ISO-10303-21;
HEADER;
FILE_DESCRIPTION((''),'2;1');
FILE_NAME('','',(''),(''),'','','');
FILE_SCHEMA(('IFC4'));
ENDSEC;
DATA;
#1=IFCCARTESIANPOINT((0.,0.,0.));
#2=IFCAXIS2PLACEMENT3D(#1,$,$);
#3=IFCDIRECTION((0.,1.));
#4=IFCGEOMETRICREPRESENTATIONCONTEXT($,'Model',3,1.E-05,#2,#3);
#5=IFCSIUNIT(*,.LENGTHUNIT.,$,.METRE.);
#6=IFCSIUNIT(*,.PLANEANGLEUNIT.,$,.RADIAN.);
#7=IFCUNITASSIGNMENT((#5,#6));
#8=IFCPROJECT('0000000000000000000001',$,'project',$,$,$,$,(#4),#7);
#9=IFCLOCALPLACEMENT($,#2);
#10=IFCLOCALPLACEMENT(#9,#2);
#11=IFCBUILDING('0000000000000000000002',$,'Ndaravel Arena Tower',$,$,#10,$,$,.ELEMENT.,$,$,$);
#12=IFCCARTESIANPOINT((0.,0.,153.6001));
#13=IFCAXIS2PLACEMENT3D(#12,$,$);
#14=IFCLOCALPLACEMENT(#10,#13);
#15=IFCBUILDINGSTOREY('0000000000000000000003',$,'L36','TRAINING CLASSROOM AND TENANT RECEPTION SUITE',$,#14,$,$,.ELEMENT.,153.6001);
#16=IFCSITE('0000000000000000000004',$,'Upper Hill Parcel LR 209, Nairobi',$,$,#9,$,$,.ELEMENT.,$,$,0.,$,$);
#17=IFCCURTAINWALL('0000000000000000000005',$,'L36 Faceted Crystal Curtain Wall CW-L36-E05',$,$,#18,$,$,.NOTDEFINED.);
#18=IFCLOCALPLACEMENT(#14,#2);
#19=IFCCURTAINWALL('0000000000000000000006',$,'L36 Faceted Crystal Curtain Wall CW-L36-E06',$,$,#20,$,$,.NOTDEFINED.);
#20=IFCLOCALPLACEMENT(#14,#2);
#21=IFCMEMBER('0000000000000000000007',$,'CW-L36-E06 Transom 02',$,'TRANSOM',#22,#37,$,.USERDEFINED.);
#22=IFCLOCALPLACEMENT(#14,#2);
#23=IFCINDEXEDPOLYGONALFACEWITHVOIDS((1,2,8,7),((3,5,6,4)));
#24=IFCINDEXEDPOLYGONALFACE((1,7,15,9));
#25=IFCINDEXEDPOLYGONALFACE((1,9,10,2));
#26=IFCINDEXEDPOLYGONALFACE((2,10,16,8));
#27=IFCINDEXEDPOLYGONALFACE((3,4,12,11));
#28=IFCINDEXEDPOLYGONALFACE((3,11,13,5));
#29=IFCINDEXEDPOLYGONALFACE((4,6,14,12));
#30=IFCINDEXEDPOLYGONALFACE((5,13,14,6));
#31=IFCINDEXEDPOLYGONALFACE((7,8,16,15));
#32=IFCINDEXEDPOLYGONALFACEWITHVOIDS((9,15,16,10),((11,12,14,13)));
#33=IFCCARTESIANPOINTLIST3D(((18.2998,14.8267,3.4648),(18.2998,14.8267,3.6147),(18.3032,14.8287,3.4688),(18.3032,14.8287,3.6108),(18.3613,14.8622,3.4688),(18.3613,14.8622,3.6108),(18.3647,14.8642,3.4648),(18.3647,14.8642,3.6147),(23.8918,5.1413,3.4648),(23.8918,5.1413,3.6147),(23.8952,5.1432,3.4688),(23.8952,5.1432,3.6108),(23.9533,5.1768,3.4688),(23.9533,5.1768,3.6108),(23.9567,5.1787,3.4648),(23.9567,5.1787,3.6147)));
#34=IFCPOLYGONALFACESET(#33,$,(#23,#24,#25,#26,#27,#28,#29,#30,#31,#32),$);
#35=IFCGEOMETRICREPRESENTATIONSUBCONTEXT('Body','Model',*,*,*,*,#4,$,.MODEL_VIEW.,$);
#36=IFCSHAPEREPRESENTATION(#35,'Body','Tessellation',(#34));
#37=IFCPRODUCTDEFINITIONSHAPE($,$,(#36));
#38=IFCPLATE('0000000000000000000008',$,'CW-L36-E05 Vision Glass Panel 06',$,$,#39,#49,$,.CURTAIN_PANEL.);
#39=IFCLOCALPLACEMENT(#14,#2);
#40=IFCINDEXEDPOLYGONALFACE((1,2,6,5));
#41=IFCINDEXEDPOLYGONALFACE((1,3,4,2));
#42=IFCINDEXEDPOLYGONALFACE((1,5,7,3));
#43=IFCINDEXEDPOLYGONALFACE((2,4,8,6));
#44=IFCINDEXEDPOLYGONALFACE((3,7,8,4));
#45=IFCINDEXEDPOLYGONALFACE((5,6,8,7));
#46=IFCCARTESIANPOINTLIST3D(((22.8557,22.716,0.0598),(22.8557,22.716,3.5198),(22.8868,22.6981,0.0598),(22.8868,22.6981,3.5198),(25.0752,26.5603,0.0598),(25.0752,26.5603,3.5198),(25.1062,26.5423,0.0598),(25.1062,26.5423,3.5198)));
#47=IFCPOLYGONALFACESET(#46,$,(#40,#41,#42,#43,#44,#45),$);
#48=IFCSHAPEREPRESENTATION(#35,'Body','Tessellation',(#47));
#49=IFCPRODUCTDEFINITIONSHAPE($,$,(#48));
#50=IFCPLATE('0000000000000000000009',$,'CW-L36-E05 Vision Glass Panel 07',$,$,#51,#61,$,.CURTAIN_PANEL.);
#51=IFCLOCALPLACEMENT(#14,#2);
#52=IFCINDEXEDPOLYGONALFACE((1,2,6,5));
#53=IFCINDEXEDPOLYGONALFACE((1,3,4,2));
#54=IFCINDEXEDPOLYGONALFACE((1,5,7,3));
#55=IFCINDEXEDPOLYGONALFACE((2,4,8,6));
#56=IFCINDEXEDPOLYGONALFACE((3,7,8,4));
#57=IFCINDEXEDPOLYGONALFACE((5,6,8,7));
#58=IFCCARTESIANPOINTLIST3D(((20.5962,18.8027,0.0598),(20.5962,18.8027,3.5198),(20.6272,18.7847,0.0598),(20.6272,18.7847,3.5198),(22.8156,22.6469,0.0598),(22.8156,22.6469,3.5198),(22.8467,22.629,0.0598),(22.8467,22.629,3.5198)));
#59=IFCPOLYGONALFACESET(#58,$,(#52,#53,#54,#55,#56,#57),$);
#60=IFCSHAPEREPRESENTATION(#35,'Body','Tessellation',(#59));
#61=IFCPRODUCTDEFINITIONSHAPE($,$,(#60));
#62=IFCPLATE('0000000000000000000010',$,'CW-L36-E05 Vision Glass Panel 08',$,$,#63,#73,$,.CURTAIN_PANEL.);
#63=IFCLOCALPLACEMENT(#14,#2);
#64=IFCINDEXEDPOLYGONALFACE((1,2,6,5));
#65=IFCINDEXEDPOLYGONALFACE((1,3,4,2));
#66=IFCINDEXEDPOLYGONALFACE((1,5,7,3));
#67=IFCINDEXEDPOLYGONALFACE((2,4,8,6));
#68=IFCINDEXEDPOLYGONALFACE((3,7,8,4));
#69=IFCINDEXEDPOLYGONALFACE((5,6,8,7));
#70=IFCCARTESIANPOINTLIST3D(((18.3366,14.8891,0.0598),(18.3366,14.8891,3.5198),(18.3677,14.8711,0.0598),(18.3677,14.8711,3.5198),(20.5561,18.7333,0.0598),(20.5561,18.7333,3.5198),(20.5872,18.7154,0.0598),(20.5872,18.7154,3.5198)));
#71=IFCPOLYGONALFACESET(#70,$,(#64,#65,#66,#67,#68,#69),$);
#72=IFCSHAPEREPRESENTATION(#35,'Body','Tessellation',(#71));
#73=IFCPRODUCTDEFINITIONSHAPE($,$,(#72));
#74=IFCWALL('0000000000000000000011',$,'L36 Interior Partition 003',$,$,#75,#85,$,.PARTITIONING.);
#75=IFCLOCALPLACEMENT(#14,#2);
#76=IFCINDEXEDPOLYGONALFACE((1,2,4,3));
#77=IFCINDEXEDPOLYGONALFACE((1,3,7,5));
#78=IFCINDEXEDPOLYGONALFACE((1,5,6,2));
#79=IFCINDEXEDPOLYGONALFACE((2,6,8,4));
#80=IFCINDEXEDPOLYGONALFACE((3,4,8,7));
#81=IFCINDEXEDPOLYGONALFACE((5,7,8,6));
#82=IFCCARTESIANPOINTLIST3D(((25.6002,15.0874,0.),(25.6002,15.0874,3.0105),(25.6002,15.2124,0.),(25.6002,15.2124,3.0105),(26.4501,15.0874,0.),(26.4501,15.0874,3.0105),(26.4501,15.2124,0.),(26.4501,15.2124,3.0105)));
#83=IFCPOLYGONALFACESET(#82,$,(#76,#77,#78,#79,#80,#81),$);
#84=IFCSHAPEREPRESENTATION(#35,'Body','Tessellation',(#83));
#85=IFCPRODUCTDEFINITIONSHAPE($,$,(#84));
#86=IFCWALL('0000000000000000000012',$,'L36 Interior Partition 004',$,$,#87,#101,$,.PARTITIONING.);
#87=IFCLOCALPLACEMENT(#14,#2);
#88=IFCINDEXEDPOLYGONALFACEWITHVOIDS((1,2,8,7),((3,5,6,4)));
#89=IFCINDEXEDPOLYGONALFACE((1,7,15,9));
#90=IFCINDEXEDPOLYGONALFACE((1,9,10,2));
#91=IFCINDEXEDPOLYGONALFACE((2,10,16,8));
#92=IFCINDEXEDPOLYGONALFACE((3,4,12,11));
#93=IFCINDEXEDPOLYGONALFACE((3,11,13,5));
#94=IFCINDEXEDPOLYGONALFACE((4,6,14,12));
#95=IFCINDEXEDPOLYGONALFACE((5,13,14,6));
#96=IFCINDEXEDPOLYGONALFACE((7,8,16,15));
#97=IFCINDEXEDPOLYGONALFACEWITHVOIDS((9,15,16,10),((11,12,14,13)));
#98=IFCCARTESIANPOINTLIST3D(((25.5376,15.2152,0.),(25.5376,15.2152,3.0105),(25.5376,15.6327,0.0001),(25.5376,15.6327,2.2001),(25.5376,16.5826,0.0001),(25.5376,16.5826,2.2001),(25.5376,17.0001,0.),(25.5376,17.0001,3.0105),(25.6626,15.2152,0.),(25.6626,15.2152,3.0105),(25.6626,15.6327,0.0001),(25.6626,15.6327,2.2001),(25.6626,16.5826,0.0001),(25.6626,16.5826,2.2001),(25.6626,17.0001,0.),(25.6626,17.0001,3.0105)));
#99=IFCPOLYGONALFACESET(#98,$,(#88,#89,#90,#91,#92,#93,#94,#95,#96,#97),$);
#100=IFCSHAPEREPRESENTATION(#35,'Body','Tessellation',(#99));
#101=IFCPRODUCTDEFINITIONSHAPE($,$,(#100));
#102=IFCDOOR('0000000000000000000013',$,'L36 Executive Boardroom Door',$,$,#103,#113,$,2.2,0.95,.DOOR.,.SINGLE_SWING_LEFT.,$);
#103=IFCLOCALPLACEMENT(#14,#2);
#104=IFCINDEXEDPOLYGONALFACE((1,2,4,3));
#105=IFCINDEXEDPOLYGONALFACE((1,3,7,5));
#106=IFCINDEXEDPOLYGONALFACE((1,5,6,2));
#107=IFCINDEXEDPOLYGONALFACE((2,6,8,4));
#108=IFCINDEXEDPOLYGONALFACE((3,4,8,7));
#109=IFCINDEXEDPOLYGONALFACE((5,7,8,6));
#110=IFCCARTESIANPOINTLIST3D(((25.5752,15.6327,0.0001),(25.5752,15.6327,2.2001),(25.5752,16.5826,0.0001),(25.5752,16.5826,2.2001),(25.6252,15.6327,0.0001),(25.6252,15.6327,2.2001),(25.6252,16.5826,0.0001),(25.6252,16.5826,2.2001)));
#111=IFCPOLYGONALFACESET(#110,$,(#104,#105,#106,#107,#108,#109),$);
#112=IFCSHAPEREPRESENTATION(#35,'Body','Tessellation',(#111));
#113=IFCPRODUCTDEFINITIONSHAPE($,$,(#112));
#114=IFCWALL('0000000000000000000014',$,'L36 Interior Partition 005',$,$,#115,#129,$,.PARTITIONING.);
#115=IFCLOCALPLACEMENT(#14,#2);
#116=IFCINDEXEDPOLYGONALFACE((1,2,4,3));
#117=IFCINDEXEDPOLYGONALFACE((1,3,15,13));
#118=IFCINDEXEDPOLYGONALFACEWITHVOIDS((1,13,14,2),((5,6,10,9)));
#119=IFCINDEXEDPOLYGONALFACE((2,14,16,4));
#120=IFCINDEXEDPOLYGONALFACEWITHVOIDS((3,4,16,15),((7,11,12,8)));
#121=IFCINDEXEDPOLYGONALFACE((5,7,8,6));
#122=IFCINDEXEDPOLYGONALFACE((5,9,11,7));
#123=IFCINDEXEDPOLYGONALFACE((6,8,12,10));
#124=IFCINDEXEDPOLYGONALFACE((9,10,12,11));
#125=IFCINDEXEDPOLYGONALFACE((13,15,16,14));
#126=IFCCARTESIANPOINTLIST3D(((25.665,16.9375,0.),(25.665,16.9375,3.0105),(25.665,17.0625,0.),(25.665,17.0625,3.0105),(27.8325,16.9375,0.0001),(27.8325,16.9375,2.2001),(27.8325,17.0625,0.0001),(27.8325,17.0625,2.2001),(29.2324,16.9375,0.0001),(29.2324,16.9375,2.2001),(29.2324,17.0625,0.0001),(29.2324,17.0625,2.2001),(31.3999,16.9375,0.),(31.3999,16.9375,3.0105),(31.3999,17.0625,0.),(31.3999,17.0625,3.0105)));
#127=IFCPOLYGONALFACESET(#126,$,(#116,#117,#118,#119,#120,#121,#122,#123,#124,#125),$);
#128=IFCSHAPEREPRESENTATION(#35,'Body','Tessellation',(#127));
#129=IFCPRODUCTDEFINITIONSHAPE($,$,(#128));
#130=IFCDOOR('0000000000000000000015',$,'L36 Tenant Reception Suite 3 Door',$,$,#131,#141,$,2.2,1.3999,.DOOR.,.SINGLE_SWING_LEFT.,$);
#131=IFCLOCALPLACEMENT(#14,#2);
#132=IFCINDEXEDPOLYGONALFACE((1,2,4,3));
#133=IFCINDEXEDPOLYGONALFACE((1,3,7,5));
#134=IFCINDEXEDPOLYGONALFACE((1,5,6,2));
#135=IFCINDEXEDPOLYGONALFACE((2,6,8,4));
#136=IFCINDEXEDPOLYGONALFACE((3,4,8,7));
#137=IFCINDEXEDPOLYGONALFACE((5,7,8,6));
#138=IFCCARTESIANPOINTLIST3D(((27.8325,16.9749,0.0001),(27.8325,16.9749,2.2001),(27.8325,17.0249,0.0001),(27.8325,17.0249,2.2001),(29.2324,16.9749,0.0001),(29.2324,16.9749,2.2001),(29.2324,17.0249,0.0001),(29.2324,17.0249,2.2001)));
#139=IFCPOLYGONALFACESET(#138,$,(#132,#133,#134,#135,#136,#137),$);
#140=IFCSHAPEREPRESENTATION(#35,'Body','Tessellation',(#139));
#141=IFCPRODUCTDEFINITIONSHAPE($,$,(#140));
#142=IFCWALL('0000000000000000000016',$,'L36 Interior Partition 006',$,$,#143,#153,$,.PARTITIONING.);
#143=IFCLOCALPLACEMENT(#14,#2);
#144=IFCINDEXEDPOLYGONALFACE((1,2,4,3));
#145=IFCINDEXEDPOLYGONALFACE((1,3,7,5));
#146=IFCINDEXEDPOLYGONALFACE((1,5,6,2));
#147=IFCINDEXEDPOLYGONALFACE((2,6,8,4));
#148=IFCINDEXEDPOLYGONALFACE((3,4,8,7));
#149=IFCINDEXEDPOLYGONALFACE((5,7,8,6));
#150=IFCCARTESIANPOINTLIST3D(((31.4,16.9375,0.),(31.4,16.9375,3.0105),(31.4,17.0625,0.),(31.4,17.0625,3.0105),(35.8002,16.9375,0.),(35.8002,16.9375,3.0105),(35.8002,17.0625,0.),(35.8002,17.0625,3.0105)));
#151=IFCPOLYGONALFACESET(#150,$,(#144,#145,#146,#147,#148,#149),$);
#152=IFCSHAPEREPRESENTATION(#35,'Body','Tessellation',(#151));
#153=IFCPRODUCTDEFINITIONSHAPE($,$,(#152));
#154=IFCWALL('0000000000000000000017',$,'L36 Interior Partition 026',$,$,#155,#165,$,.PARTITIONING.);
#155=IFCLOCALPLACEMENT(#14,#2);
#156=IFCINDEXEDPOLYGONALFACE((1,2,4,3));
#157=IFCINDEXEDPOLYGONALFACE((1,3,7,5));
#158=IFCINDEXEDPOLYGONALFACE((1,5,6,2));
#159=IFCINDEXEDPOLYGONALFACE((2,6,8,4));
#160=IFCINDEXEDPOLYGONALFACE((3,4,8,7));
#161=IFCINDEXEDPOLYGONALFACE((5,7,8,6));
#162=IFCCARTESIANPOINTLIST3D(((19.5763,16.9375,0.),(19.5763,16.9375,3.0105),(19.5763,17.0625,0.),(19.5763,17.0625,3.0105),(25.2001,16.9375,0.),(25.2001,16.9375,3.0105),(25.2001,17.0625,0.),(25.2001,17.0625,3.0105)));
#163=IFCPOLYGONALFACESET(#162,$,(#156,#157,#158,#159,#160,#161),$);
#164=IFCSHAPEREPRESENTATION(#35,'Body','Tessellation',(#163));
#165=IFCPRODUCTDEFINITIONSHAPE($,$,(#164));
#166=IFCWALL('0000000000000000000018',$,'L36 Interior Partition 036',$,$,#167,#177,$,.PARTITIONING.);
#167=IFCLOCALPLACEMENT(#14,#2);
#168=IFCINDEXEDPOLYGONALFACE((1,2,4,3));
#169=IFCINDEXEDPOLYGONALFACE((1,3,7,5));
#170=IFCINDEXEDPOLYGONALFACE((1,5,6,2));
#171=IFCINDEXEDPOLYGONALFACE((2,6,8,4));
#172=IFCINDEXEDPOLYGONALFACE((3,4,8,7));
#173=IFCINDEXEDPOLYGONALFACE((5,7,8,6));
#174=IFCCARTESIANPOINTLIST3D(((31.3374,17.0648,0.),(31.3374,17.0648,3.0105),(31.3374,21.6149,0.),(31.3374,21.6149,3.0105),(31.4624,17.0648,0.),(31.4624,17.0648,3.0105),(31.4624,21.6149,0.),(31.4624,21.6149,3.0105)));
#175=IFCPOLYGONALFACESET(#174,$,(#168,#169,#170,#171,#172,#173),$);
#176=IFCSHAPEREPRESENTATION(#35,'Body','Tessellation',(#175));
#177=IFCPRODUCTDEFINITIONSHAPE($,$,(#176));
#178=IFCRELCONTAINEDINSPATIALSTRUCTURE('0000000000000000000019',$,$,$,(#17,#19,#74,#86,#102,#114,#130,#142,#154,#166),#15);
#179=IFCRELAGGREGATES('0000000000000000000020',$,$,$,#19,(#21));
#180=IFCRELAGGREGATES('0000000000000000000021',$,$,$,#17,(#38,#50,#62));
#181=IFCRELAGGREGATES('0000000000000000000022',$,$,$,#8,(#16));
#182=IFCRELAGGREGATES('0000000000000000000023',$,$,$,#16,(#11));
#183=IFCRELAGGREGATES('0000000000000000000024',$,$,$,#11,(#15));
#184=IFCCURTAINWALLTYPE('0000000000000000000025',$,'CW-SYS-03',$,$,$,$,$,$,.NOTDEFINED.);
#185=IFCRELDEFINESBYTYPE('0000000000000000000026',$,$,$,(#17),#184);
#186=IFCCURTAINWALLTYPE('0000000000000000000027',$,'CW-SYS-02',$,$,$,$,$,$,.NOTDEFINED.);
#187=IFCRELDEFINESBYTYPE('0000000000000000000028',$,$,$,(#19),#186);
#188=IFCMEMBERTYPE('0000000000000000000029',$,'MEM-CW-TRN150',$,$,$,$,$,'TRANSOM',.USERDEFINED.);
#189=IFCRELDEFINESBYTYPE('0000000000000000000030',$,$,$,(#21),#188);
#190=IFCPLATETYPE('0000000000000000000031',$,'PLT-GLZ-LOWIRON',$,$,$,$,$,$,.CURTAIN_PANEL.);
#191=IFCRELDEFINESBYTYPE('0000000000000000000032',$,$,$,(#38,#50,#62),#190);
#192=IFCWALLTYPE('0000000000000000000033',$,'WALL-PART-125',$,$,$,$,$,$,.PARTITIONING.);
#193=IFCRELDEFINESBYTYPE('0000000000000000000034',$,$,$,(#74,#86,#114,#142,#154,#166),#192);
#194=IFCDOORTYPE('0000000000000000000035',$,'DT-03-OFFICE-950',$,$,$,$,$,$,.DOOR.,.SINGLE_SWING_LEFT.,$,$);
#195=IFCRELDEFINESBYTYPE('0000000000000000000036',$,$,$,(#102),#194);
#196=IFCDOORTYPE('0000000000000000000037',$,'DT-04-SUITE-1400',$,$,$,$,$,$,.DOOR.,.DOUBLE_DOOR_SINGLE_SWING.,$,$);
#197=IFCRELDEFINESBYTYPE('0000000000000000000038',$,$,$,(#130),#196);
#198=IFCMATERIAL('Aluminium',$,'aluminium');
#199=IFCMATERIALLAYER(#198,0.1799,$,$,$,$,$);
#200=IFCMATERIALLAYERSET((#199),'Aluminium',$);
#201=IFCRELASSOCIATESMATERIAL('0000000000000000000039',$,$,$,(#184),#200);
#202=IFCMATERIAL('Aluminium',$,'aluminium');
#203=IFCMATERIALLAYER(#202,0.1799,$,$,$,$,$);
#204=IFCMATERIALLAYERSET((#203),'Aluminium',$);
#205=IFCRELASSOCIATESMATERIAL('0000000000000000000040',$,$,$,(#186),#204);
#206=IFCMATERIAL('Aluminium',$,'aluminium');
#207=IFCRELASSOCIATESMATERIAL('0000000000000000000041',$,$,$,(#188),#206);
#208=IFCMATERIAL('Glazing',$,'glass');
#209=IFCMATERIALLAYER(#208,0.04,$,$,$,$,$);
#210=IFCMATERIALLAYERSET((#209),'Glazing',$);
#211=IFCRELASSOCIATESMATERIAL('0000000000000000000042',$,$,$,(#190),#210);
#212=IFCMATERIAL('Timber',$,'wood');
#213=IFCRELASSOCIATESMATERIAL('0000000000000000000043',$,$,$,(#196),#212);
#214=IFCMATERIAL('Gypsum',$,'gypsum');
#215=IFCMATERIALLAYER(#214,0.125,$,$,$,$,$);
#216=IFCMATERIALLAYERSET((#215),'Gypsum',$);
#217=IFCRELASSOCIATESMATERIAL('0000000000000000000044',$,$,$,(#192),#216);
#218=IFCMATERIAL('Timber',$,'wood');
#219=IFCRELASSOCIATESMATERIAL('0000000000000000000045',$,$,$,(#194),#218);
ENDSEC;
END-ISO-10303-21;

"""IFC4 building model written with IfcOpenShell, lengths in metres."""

from ifc_helpers import new_model, si_unit, direction, frame, frame_2d, origin, origin_2d, place, context, subcontext, project, spatial, rectangle, hollow_rectangle, extrude, material, layer, layer_set, material_profile, profile_set, type_object, element, fill, aggregate, save


model = new_model("IFC4")

# Units and contexts
model_context = context("Model", 3, precision=1e-05, world=origin(), true_north=direction((0.0, 1.0)))
body_context = subcontext(model_context, "Body", "Model", "MODEL_VIEW")
ifc_project = project(units=[si_unit("LENGTHUNIT", "METRE"), si_unit("PLANEANGLEUNIT", "RADIAN")], contexts=[model_context])

# Site, building, storey
site_placement = place(None, origin())
site = spatial("IfcSite", under=ifc_project, at=site_placement, Name="Upper Hill Parcel LR 209, Nairobi", CompositionType="ELEMENT", RefElevation=0.0)
building_placement = place(site_placement, origin())
building = spatial("IfcBuilding", under=site, at=building_placement, Name="Ndaravel Arena Tower", CompositionType="ELEMENT")
storey_placement = place(building_placement, frame((0.0, 0.0, 153.6001)))
storey = spatial("IfcBuildingStorey", under=building, at=storey_placement, Name="L36", Description="TRAINING CLASSROOM AND TENANT RECEPTION SUITE", CompositionType="ELEMENT", Elevation=153.6001)

# Curtain walls, member
ifc_material_1 = material(Name="Aluminium", Category="aluminium")
ifc_layer_1 = layer(ifc_material_1, 0.1799)
ifc_layer_set_1 = layer_set([ifc_layer_1], Name="Aluminium")
curtain_wall_type_1 = type_object("IfcCurtainWallType", Name="CW-SYS-03", PredefinedType="NOTDEFINED", material=ifc_layer_set_1)
curtain_wall_1_placement = place(storey_placement, origin())
curtain_wall_1 = element("IfcCurtainWall", 1, at=curtain_wall_1_placement, inside=storey, type_object=curtain_wall_type_1, Name="L36 Faceted Crystal Curtain Wall CW-L36-E05", PredefinedType="NOTDEFINED")
ifc_material_2 = material(Name="Aluminium", Category="aluminium")
ifc_layer_2 = layer(ifc_material_2, 0.1799)
ifc_layer_set_2 = layer_set([ifc_layer_2], Name="Aluminium")
curtain_wall_type_2 = type_object("IfcCurtainWallType", Name="CW-SYS-02", PredefinedType="NOTDEFINED", material=ifc_layer_set_2)
curtain_wall_2_placement = place(storey_placement, origin())
curtain_wall_2 = element("IfcCurtainWall", 2, at=curtain_wall_2_placement, inside=storey, type_object=curtain_wall_type_2, Name="L36 Faceted Crystal Curtain Wall CW-L36-E06", PredefinedType="NOTDEFINED")
ifc_material_3 = material(Name="Aluminium", Category="aluminium")
ifc_material_profile_1 = material_profile(ifc_material_3, hollow_rectangle(XDim=0.075, YDim=0.1499, WallThickness=0.0039, at=origin_2d()), Name="CW TRANSOM 75x150x4")
ifc_profile_set_1 = profile_set([ifc_material_profile_1], Name="Aluminium")
member_type_1 = type_object("IfcMemberType", Name="MEM-CW-TRN150", ElementType="TRANSOM", PredefinedType="USERDEFINED", material=ifc_profile_set_1)
member_1_placement = place(storey_placement, frame((18.3323, 14.8455, 3.5398), z_axis=(0.500006, -0.866022, 0.0), x_axis=(0.866022, 0.500006, 0.0)))
member_1 = element("IfcMember", 3, at=member_1_placement, type_object=member_type_1, Name="CW-L36-E06 Transom 02", ObjectType="TRANSOM", PredefinedType="USERDEFINED", context=body_context, shape_type="SweptSolid", body=[
    extrude(hollow_rectangle(XDim=0.075, YDim=0.1499, WallThickness=0.0039, at=origin_2d()), origin(), (0.0, 0.0, 1.0), 11.1838),
])
aggregate(curtain_wall_2, [member_1])

# Plates
ifc_material_4 = material(Name="Glazing", Category="glass")
ifc_layer_3 = layer(ifc_material_4, 0.04)
ifc_layer_set_3 = layer_set([ifc_layer_3], Name="Glazing")
plate_type = type_object("IfcPlateType", Name="PLT-GLZ-LOWIRON", PredefinedType="CURTAIN_PANEL", material=ifc_layer_set_3)
plate_1_placement = place(storey_placement, frame((23.981, 24.6292, 0.0598), z_axis=(0.0, 0.0, 1.0), x_axis=(-0.5, -0.866025, 0.0)))
plate_1 = element("IfcPlate", 4, at=plate_1_placement, type_object=plate_type, Name="CW-L36-E05 Vision Glass Panel 06", PredefinedType="CURTAIN_PANEL", context=body_context, shape_type="SweptSolid", body=[
    extrude(rectangle(XDim=4.439, YDim=0.0359, at=origin_2d()), origin(), (0.0, 0.0, 1.0), 3.46),
])
plate_2_placement = place(storey_placement, frame((21.7214, 20.7158, 0.0598), z_axis=(0.0, 0.0, 1.0), x_axis=(-0.5, -0.866025, 0.0)))
plate_2 = element("IfcPlate", 5, at=plate_2_placement, type_object=plate_type, Name="CW-L36-E05 Vision Glass Panel 07", PredefinedType="CURTAIN_PANEL", context=body_context, shape_type="SweptSolid", body=[
    extrude(rectangle(XDim=4.439, YDim=0.0359, at=origin_2d()), origin(), (0.0, 0.0, 1.0), 3.46),
])
plate_3_placement = place(storey_placement, frame((19.4619, 16.8022, 0.0598), z_axis=(0.0, 0.0, 1.0), x_axis=(-0.5, -0.866025, 0.0)))
plate_3 = element("IfcPlate", 6, at=plate_3_placement, type_object=plate_type, Name="CW-L36-E05 Vision Glass Panel 08", PredefinedType="CURTAIN_PANEL", context=body_context, shape_type="SweptSolid", body=[
    extrude(rectangle(XDim=4.439, YDim=0.0359, at=origin_2d()), origin(), (0.0, 0.0, 1.0), 3.46),
])
aggregate(curtain_wall_1, [plate_1, plate_2, plate_3])

# Shared definitions
ifc_material_5 = material(Name="Timber", Category="wood")
door_type_1 = type_object("IfcDoorType", Name="DT-04-SUITE-1400", OperationType="DOUBLE_DOOR_SINGLE_SWING", PredefinedType="DOOR", material=ifc_material_5)

# Wall
ifc_material_6 = material(Name="Gypsum", Category="gypsum")
ifc_layer_4 = layer(ifc_material_6, 0.125)
ifc_layer_set_4 = layer_set([ifc_layer_4], Name="Gypsum")
wall_type_1 = type_object("IfcWallType", Name="WALL-PART-125", PredefinedType="PARTITIONING", material=ifc_layer_set_4)
wall_1_placement = place(storey_placement, frame((26.45, 15.1499, 0.0), z_axis=(0.0, 0.0, 1.0), x_axis=(-1.0, 0.0, 0.0)))
element("IfcWall", 7, at=wall_1_placement, inside=storey, type_object=wall_type_1, Name="L36 Interior Partition 003", PredefinedType="PARTITIONING", context=body_context, shape_type="SweptSolid", body=[
    extrude(rectangle(XDim=0.8499, YDim=0.125, at=frame_2d((0.4248, 0.0))), origin(), (0.0, 0.0, 1.0), 3.0105),
])

# Walls, openings, doors
wall_2_placement = place(storey_placement, frame((25.6001, 15.2151, 0.0), z_axis=(0.0, 0.0, 1.0), x_axis=(0.0, 1.0, 0.0)))
wall_2 = element("IfcWall", 8, at=wall_2_placement, inside=storey, type_object=wall_type_1, Name="L36 Interior Partition 004", PredefinedType="PARTITIONING", context=body_context, shape_type="SweptSolid", body=[
    extrude(rectangle(XDim=1.7849, YDim=0.125, at=frame_2d((0.8926, 0.0))), origin(), (0.0, 0.0, 1.0), 3.0105),
])
opening_1_placement = place(wall_2_placement, frame((0.4175, 0.0, 0.0)))
opening_1 = element("IfcOpeningElement", 9, at=opening_1_placement, cuts=wall_2, PredefinedType="OPENING", context=body_context, shape_type="SweptSolid", body=[
    extrude(rectangle(XDim=0.95, YDim=2.2, at=frame_2d((0.4751, 1.1001))), frame((0.0, 0.0625, 0.0), z_axis=(0.0, -1.0, 0.0), x_axis=(1.0, 0.0, 0.0)), (0.0, 0.0, 1.0), 0.125),
])
ifc_material_7 = material(Name="Timber", Category="wood")
door_type_2 = type_object("IfcDoorType", Name="DT-03-OFFICE-950", OperationType="SINGLE_SWING_LEFT", PredefinedType="DOOR", material=ifc_material_7)
door_1_placement = place(opening_1_placement, origin())
door_1 = element("IfcDoor", 10, at=door_1_placement, inside=storey, type_object=door_type_2, Name="L36 Executive Boardroom Door", OperationType="SINGLE_SWING_LEFT", OverallHeight=2.2, OverallWidth=0.95, PredefinedType="DOOR", context=body_context, shape_type="SweptSolid", body=[
    extrude(rectangle(XDim=0.95, YDim=2.2, at=frame_2d((0.4751, 1.1001))), frame((0.0, 0.0249, 0.0), z_axis=(0.0, -1.0, 0.0), x_axis=(1.0, 0.0, 0.0)), (0.0, 0.0, 1.0), 0.05),
])
fill(opening_1, door_1)
wall_3_placement = place(storey_placement, frame((25.665, 17.0, 0.0), z_axis=(0.0, 0.0, 1.0), x_axis=(1.0, 0.0, 0.0)))
wall_3 = element("IfcWall", 11, at=wall_3_placement, inside=storey, type_object=wall_type_1, Name="L36 Interior Partition 005", PredefinedType="PARTITIONING", context=body_context, shape_type="SweptSolid", body=[
    extrude(rectangle(XDim=5.7349, YDim=0.125, at=frame_2d((2.8674, 0.0))), origin(), (0.0, 0.0, 1.0), 3.0105),
])
opening_2_placement = place(wall_3_placement, frame((2.1675, 0.0, 0.0)))
opening_2 = element("IfcOpeningElement", 12, at=opening_2_placement, cuts=wall_3, PredefinedType="OPENING", context=body_context, shape_type="SweptSolid", body=[
    extrude(rectangle(XDim=1.3999, YDim=2.2, at=frame_2d((0.7, 1.1001))), frame((0.0, 0.0625, 0.0), z_axis=(0.0, -1.0, 0.0), x_axis=(1.0, 0.0, 0.0)), (0.0, 0.0, 1.0), 0.125),
])
door_2_placement = place(opening_2_placement, origin())
door_2 = element("IfcDoor", 13, at=door_2_placement, inside=storey, type_object=door_type_1, Name="L36 Tenant Reception Suite 3 Door", OperationType="SINGLE_SWING_LEFT", OverallHeight=2.2, OverallWidth=1.3999, PredefinedType="DOOR", context=body_context, shape_type="SweptSolid", body=[
    extrude(rectangle(XDim=1.3999, YDim=2.2, at=frame_2d((0.7, 1.1001))), frame((0.0, 0.0249, 0.0), z_axis=(0.0, -1.0, 0.0), x_axis=(1.0, 0.0, 0.0)), (0.0, 0.0, 1.0), 0.05),
])
fill(opening_2, door_2)

# Walls
wall_4_placement = place(storey_placement, frame((31.3999, 17.0, 0.0), z_axis=(0.0, 0.0, 1.0), x_axis=(1.0, 0.0, 0.0)))
element("IfcWall", 14, at=wall_4_placement, inside=storey, type_object=wall_type_1, Name="L36 Interior Partition 006", PredefinedType="PARTITIONING", context=body_context, shape_type="SweptSolid", body=[
    extrude(rectangle(XDim=4.4001, YDim=0.125, at=frame_2d((2.2002, 0.0))), origin(), (0.0, 0.0, 1.0), 3.0105),
])
wall_5_placement = place(storey_placement, frame((19.5762, 17.0, 0.0), z_axis=(0.0, 0.0, 1.0), x_axis=(1.0, 0.0, 0.0)))
element("IfcWall", 15, at=wall_5_placement, inside=storey, type_object=wall_type_1, Name="L36 Interior Partition 026", PredefinedType="PARTITIONING", context=body_context, shape_type="SweptSolid", body=[
    extrude(rectangle(XDim=5.6238, YDim=0.125, at=frame_2d((2.812, 0.0))), origin(), (0.0, 0.0, 1.0), 3.0105),
])
wall_6_placement = place(storey_placement, frame((31.3999, 17.0649, 0.0), z_axis=(0.0, 0.0, 1.0), x_axis=(0.0, 1.0, 0.0)))
element("IfcWall", 16, at=wall_6_placement, inside=storey, type_object=wall_type_1, Name="L36 Interior Partition 036", PredefinedType="PARTITIONING", context=body_context, shape_type="SweptSolid", body=[
    extrude(rectangle(XDim=4.55, YDim=0.125, at=frame_2d((2.2749, 0.0))), origin(), (0.0, 0.0, 1.0), 3.0105),
])

save(model, "model.ifc")
